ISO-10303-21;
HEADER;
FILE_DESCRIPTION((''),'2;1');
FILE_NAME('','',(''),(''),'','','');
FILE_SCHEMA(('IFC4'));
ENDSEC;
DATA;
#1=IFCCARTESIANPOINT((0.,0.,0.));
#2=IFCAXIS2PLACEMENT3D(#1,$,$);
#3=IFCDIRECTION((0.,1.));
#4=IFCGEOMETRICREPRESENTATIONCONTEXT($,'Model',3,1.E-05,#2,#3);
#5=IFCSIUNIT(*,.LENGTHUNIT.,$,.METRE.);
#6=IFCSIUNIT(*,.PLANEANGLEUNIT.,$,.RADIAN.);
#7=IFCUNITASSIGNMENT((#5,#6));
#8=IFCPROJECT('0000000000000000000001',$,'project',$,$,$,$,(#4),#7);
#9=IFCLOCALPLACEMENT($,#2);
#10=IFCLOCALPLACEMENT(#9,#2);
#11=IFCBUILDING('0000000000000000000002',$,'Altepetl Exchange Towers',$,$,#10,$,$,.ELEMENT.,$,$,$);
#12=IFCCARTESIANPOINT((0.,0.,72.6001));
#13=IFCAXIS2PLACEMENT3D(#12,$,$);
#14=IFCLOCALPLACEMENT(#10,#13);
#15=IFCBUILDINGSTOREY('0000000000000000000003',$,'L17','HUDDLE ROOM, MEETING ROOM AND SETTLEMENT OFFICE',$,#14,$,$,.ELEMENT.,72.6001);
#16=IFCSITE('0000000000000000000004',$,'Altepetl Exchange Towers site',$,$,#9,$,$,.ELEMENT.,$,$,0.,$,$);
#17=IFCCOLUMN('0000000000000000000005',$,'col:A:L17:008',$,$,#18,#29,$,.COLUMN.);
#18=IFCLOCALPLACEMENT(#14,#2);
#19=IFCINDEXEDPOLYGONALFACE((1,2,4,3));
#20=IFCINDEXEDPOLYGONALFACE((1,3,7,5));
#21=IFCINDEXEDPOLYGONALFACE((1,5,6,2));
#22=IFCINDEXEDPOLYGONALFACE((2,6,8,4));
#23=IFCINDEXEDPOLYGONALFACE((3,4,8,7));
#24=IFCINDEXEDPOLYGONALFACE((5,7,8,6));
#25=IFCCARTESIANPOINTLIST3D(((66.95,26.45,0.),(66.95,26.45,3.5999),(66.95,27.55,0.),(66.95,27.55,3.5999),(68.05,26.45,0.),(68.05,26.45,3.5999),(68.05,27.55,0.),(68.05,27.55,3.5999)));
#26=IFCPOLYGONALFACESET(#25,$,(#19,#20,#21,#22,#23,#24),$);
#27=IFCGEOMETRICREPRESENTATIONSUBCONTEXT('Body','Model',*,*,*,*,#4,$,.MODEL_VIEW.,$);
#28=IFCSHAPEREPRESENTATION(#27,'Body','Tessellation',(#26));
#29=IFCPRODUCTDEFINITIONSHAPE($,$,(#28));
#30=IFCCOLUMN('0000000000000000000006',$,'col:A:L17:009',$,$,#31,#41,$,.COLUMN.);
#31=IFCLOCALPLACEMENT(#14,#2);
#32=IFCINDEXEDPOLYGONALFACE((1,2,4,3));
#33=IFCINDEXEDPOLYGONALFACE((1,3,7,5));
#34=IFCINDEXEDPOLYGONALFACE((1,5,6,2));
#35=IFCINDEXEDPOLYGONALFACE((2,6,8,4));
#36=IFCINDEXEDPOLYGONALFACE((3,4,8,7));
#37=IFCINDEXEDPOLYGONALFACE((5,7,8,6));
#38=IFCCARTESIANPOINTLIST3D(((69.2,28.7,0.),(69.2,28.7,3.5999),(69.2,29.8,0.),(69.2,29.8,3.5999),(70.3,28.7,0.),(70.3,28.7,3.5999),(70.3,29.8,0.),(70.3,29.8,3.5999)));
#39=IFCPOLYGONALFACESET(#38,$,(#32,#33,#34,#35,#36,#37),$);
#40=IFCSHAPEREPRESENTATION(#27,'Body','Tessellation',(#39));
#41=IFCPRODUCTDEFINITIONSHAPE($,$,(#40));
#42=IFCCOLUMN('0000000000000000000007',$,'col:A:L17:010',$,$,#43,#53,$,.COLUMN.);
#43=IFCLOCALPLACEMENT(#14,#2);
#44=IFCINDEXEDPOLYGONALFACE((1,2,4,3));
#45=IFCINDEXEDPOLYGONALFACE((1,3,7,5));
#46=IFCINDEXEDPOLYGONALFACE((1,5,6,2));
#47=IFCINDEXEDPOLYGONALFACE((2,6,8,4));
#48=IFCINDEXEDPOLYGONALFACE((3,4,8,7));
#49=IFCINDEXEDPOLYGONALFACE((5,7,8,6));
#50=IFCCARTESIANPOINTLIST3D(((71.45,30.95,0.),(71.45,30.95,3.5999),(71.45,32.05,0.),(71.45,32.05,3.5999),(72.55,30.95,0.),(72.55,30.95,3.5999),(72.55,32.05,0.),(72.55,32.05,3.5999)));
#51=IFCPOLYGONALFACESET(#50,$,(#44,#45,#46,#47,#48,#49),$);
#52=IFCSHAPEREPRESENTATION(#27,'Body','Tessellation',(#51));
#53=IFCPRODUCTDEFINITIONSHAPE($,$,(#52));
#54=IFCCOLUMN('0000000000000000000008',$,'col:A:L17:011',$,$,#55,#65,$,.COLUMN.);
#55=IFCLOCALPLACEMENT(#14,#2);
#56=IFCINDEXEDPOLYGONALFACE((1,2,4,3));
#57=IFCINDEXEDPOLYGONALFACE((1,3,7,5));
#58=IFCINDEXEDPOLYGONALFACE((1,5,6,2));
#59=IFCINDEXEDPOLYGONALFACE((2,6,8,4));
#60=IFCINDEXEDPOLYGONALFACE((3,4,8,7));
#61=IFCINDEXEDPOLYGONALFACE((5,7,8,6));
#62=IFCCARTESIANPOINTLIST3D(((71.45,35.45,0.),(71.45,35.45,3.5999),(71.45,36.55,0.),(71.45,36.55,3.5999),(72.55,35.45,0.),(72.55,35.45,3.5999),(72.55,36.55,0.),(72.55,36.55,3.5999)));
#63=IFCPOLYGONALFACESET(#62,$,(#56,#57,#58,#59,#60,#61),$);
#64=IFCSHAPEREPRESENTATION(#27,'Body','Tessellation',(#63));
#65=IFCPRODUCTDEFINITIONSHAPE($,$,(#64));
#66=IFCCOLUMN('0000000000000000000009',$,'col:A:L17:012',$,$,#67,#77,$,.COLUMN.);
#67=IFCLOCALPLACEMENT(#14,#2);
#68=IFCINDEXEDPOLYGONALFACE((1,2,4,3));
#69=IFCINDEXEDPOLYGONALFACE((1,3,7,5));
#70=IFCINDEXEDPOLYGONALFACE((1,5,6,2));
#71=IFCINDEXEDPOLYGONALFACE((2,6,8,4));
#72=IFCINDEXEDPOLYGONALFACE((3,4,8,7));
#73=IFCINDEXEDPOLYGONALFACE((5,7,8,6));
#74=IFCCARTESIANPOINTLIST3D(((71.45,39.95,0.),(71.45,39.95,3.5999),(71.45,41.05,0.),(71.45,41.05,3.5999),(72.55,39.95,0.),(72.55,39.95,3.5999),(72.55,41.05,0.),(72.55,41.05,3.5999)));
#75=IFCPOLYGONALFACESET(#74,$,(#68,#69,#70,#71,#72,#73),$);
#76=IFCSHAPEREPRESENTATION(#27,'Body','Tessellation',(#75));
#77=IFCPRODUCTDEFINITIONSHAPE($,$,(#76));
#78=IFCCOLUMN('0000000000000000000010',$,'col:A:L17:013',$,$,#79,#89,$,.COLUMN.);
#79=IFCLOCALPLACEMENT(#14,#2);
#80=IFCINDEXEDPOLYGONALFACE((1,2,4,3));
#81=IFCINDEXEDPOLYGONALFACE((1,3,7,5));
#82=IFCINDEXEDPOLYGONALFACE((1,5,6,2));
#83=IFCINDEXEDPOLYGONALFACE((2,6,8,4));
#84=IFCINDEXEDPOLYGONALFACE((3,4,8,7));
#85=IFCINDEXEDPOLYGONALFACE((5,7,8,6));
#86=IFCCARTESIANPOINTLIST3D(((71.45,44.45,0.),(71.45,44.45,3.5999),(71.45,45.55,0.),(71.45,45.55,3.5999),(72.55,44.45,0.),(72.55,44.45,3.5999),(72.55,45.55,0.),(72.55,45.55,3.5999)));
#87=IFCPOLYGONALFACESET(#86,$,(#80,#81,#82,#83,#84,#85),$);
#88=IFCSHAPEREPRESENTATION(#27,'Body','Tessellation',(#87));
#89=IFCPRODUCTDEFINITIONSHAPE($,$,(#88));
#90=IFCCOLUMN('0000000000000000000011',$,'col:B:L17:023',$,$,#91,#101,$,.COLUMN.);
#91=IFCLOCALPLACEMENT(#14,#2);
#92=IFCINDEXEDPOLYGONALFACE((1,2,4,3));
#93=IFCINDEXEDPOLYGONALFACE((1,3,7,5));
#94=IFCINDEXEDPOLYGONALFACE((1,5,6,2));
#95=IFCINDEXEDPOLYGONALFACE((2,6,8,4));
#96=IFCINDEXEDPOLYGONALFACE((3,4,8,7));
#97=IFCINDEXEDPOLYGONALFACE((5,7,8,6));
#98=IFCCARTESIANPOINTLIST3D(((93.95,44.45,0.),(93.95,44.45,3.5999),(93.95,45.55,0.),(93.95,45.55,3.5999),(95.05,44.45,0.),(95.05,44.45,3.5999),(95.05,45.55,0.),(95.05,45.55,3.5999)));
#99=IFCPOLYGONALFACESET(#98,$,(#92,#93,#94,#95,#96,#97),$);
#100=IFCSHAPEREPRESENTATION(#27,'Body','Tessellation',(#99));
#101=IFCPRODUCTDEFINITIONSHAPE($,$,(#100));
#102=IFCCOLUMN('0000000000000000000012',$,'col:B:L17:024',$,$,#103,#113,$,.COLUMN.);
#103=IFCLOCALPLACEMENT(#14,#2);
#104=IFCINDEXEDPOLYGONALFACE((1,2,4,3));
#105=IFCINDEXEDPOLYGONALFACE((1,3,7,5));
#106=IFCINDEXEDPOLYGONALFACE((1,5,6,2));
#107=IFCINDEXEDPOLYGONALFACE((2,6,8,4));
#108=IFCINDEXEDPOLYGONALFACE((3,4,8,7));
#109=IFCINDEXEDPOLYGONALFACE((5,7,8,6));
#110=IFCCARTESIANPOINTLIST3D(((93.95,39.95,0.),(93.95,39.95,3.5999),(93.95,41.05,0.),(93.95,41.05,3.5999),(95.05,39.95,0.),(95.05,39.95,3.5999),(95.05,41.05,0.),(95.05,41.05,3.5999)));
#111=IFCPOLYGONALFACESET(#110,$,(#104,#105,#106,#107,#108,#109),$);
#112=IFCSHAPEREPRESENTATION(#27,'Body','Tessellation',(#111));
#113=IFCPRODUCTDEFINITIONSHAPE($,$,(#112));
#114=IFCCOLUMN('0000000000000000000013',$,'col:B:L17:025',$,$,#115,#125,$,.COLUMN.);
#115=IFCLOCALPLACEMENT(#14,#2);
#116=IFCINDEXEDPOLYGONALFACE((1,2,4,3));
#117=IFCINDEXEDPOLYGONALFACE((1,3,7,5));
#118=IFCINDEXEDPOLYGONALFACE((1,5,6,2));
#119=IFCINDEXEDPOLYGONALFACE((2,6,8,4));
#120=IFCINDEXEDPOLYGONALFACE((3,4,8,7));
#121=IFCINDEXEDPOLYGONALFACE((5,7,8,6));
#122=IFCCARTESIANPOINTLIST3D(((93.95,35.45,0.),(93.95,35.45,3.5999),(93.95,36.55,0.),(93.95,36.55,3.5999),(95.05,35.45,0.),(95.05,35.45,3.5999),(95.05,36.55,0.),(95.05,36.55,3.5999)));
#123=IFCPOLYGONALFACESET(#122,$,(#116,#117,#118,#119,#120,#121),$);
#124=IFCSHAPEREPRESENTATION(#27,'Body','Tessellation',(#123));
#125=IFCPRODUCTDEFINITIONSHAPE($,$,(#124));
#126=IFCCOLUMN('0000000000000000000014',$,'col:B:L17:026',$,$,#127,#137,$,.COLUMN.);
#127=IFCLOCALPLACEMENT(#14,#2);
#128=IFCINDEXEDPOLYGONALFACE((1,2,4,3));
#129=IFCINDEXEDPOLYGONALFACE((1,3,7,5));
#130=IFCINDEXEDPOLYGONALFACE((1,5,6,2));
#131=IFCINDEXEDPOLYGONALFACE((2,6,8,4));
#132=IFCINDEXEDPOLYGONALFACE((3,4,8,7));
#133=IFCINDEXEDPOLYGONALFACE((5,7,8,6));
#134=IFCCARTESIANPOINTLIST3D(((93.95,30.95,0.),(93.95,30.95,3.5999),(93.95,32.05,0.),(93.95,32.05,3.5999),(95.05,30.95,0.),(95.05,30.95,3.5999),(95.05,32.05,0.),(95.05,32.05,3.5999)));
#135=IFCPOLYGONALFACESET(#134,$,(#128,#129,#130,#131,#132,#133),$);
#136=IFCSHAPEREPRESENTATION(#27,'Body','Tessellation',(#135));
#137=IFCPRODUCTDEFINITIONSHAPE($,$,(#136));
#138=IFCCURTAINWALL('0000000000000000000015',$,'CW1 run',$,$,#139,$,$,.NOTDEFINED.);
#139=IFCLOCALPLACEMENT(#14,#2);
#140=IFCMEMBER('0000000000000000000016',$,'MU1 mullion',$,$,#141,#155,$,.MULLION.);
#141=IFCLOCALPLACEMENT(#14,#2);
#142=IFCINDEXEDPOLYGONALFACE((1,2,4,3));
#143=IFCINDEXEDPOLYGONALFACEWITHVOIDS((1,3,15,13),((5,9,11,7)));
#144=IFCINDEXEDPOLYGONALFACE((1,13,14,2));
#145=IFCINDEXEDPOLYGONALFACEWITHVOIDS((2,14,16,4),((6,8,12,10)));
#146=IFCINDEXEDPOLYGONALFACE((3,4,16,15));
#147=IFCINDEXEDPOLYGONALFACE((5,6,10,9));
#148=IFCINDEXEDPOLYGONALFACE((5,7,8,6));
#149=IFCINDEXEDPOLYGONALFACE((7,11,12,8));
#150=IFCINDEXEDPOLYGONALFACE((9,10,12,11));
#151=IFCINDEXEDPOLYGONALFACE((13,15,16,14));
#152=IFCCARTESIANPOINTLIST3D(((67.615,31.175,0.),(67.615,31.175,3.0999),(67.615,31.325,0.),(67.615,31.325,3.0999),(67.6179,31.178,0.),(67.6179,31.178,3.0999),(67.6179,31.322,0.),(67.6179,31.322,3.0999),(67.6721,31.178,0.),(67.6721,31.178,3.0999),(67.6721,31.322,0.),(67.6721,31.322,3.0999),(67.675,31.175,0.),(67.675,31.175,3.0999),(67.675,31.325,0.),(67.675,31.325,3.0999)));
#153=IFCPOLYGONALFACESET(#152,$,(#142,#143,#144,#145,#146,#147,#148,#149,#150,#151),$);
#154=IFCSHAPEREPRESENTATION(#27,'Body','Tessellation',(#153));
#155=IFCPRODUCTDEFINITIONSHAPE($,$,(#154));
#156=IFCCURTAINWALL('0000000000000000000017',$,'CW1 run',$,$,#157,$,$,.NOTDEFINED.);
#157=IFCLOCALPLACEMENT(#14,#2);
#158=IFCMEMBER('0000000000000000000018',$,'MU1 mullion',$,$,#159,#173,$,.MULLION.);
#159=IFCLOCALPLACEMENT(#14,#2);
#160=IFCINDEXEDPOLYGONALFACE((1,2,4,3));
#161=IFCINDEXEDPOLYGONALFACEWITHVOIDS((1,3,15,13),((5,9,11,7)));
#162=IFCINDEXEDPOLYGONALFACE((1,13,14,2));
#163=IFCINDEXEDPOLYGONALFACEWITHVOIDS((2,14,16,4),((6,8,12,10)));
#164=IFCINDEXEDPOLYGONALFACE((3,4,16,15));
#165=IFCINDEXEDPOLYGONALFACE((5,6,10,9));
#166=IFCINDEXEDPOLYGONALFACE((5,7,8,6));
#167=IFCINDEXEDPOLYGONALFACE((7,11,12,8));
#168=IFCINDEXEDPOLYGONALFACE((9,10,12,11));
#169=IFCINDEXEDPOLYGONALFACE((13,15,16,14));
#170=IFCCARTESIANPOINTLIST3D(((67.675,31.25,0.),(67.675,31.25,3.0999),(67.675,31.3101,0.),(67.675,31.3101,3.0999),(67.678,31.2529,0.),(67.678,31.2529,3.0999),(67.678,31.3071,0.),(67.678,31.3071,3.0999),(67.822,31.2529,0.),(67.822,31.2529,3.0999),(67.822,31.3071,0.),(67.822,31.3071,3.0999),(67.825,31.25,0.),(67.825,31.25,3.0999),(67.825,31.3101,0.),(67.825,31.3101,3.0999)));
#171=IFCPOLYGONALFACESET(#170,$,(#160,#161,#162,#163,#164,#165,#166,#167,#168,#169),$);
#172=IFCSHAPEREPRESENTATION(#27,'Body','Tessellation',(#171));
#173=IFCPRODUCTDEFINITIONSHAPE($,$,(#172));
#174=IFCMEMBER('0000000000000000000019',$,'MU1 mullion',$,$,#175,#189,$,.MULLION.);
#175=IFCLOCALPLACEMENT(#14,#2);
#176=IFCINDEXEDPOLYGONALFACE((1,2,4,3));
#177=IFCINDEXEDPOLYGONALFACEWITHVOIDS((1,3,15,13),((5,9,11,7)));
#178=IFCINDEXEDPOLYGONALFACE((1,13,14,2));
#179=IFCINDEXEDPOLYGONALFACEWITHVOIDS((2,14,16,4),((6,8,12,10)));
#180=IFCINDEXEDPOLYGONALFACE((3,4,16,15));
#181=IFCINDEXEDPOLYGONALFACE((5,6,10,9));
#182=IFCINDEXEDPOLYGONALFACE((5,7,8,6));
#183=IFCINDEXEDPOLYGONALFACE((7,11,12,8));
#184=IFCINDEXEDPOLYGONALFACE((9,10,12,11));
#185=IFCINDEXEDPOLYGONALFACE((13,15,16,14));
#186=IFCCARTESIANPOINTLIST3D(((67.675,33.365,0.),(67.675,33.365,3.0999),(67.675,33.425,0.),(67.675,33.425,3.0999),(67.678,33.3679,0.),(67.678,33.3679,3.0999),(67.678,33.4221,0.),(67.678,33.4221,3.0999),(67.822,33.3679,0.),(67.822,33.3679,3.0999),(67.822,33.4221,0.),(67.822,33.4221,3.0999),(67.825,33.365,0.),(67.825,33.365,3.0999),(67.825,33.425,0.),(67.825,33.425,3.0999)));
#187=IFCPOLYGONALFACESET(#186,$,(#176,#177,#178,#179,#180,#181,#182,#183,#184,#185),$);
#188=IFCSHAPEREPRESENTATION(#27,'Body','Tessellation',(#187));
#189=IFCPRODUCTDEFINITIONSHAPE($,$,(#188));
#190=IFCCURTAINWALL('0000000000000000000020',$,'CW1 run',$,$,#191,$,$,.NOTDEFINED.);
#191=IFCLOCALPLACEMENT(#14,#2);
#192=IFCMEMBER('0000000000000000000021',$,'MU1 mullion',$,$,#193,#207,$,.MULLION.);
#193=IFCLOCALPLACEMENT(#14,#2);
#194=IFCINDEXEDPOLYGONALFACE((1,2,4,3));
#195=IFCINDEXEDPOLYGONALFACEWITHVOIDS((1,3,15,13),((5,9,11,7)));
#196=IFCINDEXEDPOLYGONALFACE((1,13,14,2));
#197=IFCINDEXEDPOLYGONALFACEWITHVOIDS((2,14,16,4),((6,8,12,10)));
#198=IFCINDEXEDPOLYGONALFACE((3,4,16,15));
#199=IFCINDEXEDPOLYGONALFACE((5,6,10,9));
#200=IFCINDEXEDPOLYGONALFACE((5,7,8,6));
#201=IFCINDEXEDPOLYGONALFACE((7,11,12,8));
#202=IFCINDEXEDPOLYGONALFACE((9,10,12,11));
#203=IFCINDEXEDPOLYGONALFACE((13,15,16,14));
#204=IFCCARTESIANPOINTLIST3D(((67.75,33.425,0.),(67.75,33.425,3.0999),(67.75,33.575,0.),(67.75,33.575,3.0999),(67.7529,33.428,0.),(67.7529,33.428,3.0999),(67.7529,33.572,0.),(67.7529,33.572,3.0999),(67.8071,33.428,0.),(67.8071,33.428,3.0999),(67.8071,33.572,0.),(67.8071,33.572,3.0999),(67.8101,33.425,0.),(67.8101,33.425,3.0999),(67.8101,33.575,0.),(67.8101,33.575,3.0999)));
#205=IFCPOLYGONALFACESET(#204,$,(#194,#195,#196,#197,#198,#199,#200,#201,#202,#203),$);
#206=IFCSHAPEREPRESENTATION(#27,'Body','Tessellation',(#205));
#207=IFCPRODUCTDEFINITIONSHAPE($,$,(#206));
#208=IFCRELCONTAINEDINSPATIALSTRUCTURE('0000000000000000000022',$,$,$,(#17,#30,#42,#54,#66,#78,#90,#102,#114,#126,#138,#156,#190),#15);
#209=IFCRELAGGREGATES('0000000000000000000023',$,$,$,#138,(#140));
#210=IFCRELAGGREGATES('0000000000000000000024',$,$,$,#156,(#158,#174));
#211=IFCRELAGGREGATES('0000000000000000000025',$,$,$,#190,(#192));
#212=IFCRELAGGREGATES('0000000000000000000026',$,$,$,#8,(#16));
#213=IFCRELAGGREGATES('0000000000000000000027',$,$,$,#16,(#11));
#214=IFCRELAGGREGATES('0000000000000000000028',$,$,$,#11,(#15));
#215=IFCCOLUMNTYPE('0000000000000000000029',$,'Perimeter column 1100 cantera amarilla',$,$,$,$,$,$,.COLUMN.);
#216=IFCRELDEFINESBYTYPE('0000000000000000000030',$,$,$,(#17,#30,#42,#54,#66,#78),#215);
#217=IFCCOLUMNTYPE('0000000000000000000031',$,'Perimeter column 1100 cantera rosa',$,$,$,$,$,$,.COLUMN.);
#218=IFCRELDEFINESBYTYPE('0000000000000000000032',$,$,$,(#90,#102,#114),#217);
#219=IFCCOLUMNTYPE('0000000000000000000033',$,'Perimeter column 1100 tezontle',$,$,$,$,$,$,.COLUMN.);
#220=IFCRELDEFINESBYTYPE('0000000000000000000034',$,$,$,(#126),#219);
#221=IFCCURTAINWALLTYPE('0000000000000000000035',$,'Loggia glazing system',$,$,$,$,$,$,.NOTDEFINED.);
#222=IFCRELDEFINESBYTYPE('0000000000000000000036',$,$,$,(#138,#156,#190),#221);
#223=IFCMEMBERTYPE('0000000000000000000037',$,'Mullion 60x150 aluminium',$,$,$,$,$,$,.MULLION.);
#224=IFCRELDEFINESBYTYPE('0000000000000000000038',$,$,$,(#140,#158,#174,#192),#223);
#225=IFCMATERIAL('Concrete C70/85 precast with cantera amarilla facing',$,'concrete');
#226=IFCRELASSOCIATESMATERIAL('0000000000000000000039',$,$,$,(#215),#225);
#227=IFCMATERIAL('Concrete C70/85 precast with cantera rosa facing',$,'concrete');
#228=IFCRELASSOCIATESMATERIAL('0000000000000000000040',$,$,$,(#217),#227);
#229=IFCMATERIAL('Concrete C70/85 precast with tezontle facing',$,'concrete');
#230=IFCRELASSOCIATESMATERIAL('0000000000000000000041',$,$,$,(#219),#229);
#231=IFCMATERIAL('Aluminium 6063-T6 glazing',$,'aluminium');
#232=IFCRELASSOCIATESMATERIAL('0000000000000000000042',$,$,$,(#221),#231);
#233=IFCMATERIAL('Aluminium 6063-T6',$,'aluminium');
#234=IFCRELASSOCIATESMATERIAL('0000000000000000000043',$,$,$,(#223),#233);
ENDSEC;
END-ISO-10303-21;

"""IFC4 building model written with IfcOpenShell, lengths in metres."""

from ifc_helpers import new_model, si_unit, direction, frame, origin, origin_2d, place, context, subcontext, project, spatial, rectangle, hollow_rectangle, extrude, material, material_profile, profile_set, type_object, element, aggregate, save


model = new_model("IFC4")

# Units and contexts
model_context = context("Model", 3, precision=1e-05, world=origin(), true_north=direction((0.0, 1.0)))
body_context = subcontext(model_context, "Body", "Model", "MODEL_VIEW")
ifc_project = project(units=[si_unit("LENGTHUNIT", "METRE"), si_unit("PLANEANGLEUNIT", "RADIAN")], contexts=[model_context])

# Site, building, storey
site_placement = place(None, origin())
site = spatial("IfcSite", under=ifc_project, at=site_placement, Name="Altepetl Exchange Towers site", CompositionType="ELEMENT", RefElevation=0.0)
building_placement = place(site_placement, origin())
building = spatial("IfcBuilding", under=site, at=building_placement, Name="Altepetl Exchange Towers", CompositionType="ELEMENT")
storey_placement = place(building_placement, frame((0.0, 0.0, 72.6001)))
storey = spatial("IfcBuildingStorey", under=building, at=storey_placement, Name="L17", Description="HUDDLE ROOM, MEETING ROOM AND SETTLEMENT OFFICE", CompositionType="ELEMENT", Elevation=72.6001)

# Columns
ifc_material_1 = material(Name="Concrete C70/85 precast with cantera amarilla facing", Category="concrete")
ifc_material_profile_1 = material_profile(ifc_material_1, rectangle(XDim=1.1001, YDim=1.1001, at=origin_2d()), Name="1100 x 1100")
ifc_profile_set_1 = profile_set([ifc_material_profile_1], Name="Concrete C70/85 precast with cantera amarilla facing")
column_type_1 = type_object("IfcColumnType", Name="Perimeter column 1100 cantera amarilla", PredefinedType="COLUMN", material=ifc_profile_set_1)
for number, where, name in (
    (1, (67.5, 27.0, 0.0), "col:A:L17:008"),
    (2, (69.75, 29.25, 0.0), "col:A:L17:009"),
    (3, (72.0, 31.5, 0.0), "col:A:L17:010"),
    (4, (72.0, 36.0, 0.0), "col:A:L17:011"),
    (5, (72.0, 40.5, 0.0), "col:A:L17:012"),
    (6, (72.0, 45.0, 0.0), "col:A:L17:013"),
):
    element("IfcColumn", number, at=place(storey_placement, frame(where)), inside=storey, type_object=column_type_1, Name=name, PredefinedType="COLUMN", context=body_context, shape_type="SweptSolid", body=[
        extrude(rectangle(XDim=1.1001, YDim=1.1001, at=origin_2d()), origin(), (0.0, 0.0, 1.0), 3.5999),
    ])
ifc_material_2 = material(Name="Concrete C70/85 precast with cantera rosa facing", Category="concrete")
ifc_material_profile_2 = material_profile(ifc_material_2, rectangle(XDim=1.1001, YDim=1.1001, at=origin_2d()), Name="1100 x 1100")
ifc_profile_set_2 = profile_set([ifc_material_profile_2], Name="Concrete C70/85 precast with cantera rosa facing")
column_type_2 = type_object("IfcColumnType", Name="Perimeter column 1100 cantera rosa", PredefinedType="COLUMN", material=ifc_profile_set_2)
for number, where, name in (
    (7, (94.5, 45.0, 0.0), "col:B:L17:023"),
    (8, (94.5, 40.5, 0.0), "col:B:L17:024"),
    (9, (94.5, 36.0, 0.0), "col:B:L17:025"),
):
    element("IfcColumn", number, at=place(storey_placement, frame(where)), inside=storey, type_object=column_type_2, Name=name, PredefinedType="COLUMN", context=body_context, shape_type="SweptSolid", body=[
        extrude(rectangle(XDim=1.1001, YDim=1.1001, at=origin_2d()), origin(), (0.0, 0.0, 1.0), 3.5999),
    ])
ifc_material_3 = material(Name="Concrete C70/85 precast with tezontle facing", Category="concrete")
ifc_material_profile_3 = material_profile(ifc_material_3, rectangle(XDim=1.1001, YDim=1.1001, at=origin_2d()), Name="1100 x 1100")
ifc_profile_set_3 = profile_set([ifc_material_profile_3], Name="Concrete C70/85 precast with tezontle facing")
column_type_3 = type_object("IfcColumnType", Name="Perimeter column 1100 tezontle", PredefinedType="COLUMN", material=ifc_profile_set_3)
column_placement = place(storey_placement, frame((94.5, 31.5, 0.0)))
element("IfcColumn", 10, at=column_placement, inside=storey, type_object=column_type_3, Name="col:B:L17:026", PredefinedType="COLUMN", context=body_context, shape_type="SweptSolid", body=[
    extrude(rectangle(XDim=1.1001, YDim=1.1001, at=origin_2d()), origin(), (0.0, 0.0, 1.0), 3.5999),
])

# Curtain wall, member
ifc_material_4 = material(Name="Aluminium 6063-T6 glazing", Category="aluminium")
curtain_wall_type = type_object("IfcCurtainWallType", Name="Loggia glazing system", PredefinedType="NOTDEFINED", material=ifc_material_4)
curtain_wall_1_placement = place(storey_placement, origin())
curtain_wall_1 = element("IfcCurtainWall", 11, at=curtain_wall_1_placement, inside=storey, type_object=curtain_wall_type, Name="CW1 run", PredefinedType="NOTDEFINED")
ifc_material_5 = material(Name="Aluminium 6063-T6", Category="aluminium")
ifc_material_profile_4 = material_profile(ifc_material_5, hollow_rectangle(XDim=0.0601, YDim=0.1499, WallThickness=0.0029, at=origin_2d()), Name="Mullion 60x150 aluminium")
ifc_profile_set_4 = profile_set([ifc_material_profile_4], Name="Aluminium 6063-T6")
member_type = type_object("IfcMemberType", Name="Mullion 60x150 aluminium", PredefinedType="MULLION", material=ifc_profile_set_4)
member_1_placement = place(storey_placement, frame((67.645, 31.25, 0.0)))
member_1 = element("IfcMember", 12, at=member_1_placement, type_object=member_type, Name="MU1 mullion", PredefinedType="MULLION", context=body_context, shape_type="SweptSolid", body=[
    extrude(hollow_rectangle(XDim=0.0601, YDim=0.1499, WallThickness=0.0029, at=origin_2d()), origin(), (0.0, 0.0, 1.0), 3.0999),
])
aggregate(curtain_wall_1, [member_1])

# Curtain walls, members
curtain_wall_2_placement = place(storey_placement, origin())
curtain_wall_2 = element("IfcCurtainWall", 13, at=curtain_wall_2_placement, inside=storey, type_object=curtain_wall_type, Name="CW1 run", PredefinedType="NOTDEFINED")
member_2_placement = place(storey_placement, frame((67.75, 31.28, 0.0), z_axis=(0.0, 0.0, 1.0), x_axis=(0.0, 1.0, 0.0)))
member_2 = element("IfcMember", 14, at=member_2_placement, type_object=member_type, Name="MU1 mullion", PredefinedType="MULLION", context=body_context, shape_type="SweptSolid", body=[
    extrude(hollow_rectangle(XDim=0.0601, YDim=0.1499, WallThickness=0.0029, at=origin_2d()), origin(), (0.0, 0.0, 1.0), 3.0999),
])
member_3_placement = place(storey_placement, frame((67.75, 33.395, 0.0), z_axis=(0.0, 0.0, 1.0), x_axis=(0.0, 1.0, 0.0)))
member_3 = element("IfcMember", 15, at=member_3_placement, type_object=member_type, Name="MU1 mullion", PredefinedType="MULLION", context=body_context, shape_type="SweptSolid", body=[
    extrude(hollow_rectangle(XDim=0.0601, YDim=0.1499, WallThickness=0.0029, at=origin_2d()), origin(), (0.0, 0.0, 1.0), 3.0999),
])
curtain_wall_3_placement = place(storey_placement, origin())
curtain_wall_3 = element("IfcCurtainWall", 16, at=curtain_wall_3_placement, inside=storey, type_object=curtain_wall_type, Name="CW1 run", PredefinedType="NOTDEFINED")
member_4_placement = place(storey_placement, frame((67.78, 33.5, 0.0)))
member_4 = element("IfcMember", 17, at=member_4_placement, type_object=member_type, Name="MU1 mullion", PredefinedType="MULLION", context=body_context, shape_type="SweptSolid", body=[
    extrude(hollow_rectangle(XDim=0.0601, YDim=0.1499, WallThickness=0.0029, at=origin_2d()), origin(), (0.0, 0.0, 1.0), 3.0999),
])

aggregate(curtain_wall_2, [member_2, member_3])
aggregate(curtain_wall_3, [member_4])

save(model, "model.ifc")
